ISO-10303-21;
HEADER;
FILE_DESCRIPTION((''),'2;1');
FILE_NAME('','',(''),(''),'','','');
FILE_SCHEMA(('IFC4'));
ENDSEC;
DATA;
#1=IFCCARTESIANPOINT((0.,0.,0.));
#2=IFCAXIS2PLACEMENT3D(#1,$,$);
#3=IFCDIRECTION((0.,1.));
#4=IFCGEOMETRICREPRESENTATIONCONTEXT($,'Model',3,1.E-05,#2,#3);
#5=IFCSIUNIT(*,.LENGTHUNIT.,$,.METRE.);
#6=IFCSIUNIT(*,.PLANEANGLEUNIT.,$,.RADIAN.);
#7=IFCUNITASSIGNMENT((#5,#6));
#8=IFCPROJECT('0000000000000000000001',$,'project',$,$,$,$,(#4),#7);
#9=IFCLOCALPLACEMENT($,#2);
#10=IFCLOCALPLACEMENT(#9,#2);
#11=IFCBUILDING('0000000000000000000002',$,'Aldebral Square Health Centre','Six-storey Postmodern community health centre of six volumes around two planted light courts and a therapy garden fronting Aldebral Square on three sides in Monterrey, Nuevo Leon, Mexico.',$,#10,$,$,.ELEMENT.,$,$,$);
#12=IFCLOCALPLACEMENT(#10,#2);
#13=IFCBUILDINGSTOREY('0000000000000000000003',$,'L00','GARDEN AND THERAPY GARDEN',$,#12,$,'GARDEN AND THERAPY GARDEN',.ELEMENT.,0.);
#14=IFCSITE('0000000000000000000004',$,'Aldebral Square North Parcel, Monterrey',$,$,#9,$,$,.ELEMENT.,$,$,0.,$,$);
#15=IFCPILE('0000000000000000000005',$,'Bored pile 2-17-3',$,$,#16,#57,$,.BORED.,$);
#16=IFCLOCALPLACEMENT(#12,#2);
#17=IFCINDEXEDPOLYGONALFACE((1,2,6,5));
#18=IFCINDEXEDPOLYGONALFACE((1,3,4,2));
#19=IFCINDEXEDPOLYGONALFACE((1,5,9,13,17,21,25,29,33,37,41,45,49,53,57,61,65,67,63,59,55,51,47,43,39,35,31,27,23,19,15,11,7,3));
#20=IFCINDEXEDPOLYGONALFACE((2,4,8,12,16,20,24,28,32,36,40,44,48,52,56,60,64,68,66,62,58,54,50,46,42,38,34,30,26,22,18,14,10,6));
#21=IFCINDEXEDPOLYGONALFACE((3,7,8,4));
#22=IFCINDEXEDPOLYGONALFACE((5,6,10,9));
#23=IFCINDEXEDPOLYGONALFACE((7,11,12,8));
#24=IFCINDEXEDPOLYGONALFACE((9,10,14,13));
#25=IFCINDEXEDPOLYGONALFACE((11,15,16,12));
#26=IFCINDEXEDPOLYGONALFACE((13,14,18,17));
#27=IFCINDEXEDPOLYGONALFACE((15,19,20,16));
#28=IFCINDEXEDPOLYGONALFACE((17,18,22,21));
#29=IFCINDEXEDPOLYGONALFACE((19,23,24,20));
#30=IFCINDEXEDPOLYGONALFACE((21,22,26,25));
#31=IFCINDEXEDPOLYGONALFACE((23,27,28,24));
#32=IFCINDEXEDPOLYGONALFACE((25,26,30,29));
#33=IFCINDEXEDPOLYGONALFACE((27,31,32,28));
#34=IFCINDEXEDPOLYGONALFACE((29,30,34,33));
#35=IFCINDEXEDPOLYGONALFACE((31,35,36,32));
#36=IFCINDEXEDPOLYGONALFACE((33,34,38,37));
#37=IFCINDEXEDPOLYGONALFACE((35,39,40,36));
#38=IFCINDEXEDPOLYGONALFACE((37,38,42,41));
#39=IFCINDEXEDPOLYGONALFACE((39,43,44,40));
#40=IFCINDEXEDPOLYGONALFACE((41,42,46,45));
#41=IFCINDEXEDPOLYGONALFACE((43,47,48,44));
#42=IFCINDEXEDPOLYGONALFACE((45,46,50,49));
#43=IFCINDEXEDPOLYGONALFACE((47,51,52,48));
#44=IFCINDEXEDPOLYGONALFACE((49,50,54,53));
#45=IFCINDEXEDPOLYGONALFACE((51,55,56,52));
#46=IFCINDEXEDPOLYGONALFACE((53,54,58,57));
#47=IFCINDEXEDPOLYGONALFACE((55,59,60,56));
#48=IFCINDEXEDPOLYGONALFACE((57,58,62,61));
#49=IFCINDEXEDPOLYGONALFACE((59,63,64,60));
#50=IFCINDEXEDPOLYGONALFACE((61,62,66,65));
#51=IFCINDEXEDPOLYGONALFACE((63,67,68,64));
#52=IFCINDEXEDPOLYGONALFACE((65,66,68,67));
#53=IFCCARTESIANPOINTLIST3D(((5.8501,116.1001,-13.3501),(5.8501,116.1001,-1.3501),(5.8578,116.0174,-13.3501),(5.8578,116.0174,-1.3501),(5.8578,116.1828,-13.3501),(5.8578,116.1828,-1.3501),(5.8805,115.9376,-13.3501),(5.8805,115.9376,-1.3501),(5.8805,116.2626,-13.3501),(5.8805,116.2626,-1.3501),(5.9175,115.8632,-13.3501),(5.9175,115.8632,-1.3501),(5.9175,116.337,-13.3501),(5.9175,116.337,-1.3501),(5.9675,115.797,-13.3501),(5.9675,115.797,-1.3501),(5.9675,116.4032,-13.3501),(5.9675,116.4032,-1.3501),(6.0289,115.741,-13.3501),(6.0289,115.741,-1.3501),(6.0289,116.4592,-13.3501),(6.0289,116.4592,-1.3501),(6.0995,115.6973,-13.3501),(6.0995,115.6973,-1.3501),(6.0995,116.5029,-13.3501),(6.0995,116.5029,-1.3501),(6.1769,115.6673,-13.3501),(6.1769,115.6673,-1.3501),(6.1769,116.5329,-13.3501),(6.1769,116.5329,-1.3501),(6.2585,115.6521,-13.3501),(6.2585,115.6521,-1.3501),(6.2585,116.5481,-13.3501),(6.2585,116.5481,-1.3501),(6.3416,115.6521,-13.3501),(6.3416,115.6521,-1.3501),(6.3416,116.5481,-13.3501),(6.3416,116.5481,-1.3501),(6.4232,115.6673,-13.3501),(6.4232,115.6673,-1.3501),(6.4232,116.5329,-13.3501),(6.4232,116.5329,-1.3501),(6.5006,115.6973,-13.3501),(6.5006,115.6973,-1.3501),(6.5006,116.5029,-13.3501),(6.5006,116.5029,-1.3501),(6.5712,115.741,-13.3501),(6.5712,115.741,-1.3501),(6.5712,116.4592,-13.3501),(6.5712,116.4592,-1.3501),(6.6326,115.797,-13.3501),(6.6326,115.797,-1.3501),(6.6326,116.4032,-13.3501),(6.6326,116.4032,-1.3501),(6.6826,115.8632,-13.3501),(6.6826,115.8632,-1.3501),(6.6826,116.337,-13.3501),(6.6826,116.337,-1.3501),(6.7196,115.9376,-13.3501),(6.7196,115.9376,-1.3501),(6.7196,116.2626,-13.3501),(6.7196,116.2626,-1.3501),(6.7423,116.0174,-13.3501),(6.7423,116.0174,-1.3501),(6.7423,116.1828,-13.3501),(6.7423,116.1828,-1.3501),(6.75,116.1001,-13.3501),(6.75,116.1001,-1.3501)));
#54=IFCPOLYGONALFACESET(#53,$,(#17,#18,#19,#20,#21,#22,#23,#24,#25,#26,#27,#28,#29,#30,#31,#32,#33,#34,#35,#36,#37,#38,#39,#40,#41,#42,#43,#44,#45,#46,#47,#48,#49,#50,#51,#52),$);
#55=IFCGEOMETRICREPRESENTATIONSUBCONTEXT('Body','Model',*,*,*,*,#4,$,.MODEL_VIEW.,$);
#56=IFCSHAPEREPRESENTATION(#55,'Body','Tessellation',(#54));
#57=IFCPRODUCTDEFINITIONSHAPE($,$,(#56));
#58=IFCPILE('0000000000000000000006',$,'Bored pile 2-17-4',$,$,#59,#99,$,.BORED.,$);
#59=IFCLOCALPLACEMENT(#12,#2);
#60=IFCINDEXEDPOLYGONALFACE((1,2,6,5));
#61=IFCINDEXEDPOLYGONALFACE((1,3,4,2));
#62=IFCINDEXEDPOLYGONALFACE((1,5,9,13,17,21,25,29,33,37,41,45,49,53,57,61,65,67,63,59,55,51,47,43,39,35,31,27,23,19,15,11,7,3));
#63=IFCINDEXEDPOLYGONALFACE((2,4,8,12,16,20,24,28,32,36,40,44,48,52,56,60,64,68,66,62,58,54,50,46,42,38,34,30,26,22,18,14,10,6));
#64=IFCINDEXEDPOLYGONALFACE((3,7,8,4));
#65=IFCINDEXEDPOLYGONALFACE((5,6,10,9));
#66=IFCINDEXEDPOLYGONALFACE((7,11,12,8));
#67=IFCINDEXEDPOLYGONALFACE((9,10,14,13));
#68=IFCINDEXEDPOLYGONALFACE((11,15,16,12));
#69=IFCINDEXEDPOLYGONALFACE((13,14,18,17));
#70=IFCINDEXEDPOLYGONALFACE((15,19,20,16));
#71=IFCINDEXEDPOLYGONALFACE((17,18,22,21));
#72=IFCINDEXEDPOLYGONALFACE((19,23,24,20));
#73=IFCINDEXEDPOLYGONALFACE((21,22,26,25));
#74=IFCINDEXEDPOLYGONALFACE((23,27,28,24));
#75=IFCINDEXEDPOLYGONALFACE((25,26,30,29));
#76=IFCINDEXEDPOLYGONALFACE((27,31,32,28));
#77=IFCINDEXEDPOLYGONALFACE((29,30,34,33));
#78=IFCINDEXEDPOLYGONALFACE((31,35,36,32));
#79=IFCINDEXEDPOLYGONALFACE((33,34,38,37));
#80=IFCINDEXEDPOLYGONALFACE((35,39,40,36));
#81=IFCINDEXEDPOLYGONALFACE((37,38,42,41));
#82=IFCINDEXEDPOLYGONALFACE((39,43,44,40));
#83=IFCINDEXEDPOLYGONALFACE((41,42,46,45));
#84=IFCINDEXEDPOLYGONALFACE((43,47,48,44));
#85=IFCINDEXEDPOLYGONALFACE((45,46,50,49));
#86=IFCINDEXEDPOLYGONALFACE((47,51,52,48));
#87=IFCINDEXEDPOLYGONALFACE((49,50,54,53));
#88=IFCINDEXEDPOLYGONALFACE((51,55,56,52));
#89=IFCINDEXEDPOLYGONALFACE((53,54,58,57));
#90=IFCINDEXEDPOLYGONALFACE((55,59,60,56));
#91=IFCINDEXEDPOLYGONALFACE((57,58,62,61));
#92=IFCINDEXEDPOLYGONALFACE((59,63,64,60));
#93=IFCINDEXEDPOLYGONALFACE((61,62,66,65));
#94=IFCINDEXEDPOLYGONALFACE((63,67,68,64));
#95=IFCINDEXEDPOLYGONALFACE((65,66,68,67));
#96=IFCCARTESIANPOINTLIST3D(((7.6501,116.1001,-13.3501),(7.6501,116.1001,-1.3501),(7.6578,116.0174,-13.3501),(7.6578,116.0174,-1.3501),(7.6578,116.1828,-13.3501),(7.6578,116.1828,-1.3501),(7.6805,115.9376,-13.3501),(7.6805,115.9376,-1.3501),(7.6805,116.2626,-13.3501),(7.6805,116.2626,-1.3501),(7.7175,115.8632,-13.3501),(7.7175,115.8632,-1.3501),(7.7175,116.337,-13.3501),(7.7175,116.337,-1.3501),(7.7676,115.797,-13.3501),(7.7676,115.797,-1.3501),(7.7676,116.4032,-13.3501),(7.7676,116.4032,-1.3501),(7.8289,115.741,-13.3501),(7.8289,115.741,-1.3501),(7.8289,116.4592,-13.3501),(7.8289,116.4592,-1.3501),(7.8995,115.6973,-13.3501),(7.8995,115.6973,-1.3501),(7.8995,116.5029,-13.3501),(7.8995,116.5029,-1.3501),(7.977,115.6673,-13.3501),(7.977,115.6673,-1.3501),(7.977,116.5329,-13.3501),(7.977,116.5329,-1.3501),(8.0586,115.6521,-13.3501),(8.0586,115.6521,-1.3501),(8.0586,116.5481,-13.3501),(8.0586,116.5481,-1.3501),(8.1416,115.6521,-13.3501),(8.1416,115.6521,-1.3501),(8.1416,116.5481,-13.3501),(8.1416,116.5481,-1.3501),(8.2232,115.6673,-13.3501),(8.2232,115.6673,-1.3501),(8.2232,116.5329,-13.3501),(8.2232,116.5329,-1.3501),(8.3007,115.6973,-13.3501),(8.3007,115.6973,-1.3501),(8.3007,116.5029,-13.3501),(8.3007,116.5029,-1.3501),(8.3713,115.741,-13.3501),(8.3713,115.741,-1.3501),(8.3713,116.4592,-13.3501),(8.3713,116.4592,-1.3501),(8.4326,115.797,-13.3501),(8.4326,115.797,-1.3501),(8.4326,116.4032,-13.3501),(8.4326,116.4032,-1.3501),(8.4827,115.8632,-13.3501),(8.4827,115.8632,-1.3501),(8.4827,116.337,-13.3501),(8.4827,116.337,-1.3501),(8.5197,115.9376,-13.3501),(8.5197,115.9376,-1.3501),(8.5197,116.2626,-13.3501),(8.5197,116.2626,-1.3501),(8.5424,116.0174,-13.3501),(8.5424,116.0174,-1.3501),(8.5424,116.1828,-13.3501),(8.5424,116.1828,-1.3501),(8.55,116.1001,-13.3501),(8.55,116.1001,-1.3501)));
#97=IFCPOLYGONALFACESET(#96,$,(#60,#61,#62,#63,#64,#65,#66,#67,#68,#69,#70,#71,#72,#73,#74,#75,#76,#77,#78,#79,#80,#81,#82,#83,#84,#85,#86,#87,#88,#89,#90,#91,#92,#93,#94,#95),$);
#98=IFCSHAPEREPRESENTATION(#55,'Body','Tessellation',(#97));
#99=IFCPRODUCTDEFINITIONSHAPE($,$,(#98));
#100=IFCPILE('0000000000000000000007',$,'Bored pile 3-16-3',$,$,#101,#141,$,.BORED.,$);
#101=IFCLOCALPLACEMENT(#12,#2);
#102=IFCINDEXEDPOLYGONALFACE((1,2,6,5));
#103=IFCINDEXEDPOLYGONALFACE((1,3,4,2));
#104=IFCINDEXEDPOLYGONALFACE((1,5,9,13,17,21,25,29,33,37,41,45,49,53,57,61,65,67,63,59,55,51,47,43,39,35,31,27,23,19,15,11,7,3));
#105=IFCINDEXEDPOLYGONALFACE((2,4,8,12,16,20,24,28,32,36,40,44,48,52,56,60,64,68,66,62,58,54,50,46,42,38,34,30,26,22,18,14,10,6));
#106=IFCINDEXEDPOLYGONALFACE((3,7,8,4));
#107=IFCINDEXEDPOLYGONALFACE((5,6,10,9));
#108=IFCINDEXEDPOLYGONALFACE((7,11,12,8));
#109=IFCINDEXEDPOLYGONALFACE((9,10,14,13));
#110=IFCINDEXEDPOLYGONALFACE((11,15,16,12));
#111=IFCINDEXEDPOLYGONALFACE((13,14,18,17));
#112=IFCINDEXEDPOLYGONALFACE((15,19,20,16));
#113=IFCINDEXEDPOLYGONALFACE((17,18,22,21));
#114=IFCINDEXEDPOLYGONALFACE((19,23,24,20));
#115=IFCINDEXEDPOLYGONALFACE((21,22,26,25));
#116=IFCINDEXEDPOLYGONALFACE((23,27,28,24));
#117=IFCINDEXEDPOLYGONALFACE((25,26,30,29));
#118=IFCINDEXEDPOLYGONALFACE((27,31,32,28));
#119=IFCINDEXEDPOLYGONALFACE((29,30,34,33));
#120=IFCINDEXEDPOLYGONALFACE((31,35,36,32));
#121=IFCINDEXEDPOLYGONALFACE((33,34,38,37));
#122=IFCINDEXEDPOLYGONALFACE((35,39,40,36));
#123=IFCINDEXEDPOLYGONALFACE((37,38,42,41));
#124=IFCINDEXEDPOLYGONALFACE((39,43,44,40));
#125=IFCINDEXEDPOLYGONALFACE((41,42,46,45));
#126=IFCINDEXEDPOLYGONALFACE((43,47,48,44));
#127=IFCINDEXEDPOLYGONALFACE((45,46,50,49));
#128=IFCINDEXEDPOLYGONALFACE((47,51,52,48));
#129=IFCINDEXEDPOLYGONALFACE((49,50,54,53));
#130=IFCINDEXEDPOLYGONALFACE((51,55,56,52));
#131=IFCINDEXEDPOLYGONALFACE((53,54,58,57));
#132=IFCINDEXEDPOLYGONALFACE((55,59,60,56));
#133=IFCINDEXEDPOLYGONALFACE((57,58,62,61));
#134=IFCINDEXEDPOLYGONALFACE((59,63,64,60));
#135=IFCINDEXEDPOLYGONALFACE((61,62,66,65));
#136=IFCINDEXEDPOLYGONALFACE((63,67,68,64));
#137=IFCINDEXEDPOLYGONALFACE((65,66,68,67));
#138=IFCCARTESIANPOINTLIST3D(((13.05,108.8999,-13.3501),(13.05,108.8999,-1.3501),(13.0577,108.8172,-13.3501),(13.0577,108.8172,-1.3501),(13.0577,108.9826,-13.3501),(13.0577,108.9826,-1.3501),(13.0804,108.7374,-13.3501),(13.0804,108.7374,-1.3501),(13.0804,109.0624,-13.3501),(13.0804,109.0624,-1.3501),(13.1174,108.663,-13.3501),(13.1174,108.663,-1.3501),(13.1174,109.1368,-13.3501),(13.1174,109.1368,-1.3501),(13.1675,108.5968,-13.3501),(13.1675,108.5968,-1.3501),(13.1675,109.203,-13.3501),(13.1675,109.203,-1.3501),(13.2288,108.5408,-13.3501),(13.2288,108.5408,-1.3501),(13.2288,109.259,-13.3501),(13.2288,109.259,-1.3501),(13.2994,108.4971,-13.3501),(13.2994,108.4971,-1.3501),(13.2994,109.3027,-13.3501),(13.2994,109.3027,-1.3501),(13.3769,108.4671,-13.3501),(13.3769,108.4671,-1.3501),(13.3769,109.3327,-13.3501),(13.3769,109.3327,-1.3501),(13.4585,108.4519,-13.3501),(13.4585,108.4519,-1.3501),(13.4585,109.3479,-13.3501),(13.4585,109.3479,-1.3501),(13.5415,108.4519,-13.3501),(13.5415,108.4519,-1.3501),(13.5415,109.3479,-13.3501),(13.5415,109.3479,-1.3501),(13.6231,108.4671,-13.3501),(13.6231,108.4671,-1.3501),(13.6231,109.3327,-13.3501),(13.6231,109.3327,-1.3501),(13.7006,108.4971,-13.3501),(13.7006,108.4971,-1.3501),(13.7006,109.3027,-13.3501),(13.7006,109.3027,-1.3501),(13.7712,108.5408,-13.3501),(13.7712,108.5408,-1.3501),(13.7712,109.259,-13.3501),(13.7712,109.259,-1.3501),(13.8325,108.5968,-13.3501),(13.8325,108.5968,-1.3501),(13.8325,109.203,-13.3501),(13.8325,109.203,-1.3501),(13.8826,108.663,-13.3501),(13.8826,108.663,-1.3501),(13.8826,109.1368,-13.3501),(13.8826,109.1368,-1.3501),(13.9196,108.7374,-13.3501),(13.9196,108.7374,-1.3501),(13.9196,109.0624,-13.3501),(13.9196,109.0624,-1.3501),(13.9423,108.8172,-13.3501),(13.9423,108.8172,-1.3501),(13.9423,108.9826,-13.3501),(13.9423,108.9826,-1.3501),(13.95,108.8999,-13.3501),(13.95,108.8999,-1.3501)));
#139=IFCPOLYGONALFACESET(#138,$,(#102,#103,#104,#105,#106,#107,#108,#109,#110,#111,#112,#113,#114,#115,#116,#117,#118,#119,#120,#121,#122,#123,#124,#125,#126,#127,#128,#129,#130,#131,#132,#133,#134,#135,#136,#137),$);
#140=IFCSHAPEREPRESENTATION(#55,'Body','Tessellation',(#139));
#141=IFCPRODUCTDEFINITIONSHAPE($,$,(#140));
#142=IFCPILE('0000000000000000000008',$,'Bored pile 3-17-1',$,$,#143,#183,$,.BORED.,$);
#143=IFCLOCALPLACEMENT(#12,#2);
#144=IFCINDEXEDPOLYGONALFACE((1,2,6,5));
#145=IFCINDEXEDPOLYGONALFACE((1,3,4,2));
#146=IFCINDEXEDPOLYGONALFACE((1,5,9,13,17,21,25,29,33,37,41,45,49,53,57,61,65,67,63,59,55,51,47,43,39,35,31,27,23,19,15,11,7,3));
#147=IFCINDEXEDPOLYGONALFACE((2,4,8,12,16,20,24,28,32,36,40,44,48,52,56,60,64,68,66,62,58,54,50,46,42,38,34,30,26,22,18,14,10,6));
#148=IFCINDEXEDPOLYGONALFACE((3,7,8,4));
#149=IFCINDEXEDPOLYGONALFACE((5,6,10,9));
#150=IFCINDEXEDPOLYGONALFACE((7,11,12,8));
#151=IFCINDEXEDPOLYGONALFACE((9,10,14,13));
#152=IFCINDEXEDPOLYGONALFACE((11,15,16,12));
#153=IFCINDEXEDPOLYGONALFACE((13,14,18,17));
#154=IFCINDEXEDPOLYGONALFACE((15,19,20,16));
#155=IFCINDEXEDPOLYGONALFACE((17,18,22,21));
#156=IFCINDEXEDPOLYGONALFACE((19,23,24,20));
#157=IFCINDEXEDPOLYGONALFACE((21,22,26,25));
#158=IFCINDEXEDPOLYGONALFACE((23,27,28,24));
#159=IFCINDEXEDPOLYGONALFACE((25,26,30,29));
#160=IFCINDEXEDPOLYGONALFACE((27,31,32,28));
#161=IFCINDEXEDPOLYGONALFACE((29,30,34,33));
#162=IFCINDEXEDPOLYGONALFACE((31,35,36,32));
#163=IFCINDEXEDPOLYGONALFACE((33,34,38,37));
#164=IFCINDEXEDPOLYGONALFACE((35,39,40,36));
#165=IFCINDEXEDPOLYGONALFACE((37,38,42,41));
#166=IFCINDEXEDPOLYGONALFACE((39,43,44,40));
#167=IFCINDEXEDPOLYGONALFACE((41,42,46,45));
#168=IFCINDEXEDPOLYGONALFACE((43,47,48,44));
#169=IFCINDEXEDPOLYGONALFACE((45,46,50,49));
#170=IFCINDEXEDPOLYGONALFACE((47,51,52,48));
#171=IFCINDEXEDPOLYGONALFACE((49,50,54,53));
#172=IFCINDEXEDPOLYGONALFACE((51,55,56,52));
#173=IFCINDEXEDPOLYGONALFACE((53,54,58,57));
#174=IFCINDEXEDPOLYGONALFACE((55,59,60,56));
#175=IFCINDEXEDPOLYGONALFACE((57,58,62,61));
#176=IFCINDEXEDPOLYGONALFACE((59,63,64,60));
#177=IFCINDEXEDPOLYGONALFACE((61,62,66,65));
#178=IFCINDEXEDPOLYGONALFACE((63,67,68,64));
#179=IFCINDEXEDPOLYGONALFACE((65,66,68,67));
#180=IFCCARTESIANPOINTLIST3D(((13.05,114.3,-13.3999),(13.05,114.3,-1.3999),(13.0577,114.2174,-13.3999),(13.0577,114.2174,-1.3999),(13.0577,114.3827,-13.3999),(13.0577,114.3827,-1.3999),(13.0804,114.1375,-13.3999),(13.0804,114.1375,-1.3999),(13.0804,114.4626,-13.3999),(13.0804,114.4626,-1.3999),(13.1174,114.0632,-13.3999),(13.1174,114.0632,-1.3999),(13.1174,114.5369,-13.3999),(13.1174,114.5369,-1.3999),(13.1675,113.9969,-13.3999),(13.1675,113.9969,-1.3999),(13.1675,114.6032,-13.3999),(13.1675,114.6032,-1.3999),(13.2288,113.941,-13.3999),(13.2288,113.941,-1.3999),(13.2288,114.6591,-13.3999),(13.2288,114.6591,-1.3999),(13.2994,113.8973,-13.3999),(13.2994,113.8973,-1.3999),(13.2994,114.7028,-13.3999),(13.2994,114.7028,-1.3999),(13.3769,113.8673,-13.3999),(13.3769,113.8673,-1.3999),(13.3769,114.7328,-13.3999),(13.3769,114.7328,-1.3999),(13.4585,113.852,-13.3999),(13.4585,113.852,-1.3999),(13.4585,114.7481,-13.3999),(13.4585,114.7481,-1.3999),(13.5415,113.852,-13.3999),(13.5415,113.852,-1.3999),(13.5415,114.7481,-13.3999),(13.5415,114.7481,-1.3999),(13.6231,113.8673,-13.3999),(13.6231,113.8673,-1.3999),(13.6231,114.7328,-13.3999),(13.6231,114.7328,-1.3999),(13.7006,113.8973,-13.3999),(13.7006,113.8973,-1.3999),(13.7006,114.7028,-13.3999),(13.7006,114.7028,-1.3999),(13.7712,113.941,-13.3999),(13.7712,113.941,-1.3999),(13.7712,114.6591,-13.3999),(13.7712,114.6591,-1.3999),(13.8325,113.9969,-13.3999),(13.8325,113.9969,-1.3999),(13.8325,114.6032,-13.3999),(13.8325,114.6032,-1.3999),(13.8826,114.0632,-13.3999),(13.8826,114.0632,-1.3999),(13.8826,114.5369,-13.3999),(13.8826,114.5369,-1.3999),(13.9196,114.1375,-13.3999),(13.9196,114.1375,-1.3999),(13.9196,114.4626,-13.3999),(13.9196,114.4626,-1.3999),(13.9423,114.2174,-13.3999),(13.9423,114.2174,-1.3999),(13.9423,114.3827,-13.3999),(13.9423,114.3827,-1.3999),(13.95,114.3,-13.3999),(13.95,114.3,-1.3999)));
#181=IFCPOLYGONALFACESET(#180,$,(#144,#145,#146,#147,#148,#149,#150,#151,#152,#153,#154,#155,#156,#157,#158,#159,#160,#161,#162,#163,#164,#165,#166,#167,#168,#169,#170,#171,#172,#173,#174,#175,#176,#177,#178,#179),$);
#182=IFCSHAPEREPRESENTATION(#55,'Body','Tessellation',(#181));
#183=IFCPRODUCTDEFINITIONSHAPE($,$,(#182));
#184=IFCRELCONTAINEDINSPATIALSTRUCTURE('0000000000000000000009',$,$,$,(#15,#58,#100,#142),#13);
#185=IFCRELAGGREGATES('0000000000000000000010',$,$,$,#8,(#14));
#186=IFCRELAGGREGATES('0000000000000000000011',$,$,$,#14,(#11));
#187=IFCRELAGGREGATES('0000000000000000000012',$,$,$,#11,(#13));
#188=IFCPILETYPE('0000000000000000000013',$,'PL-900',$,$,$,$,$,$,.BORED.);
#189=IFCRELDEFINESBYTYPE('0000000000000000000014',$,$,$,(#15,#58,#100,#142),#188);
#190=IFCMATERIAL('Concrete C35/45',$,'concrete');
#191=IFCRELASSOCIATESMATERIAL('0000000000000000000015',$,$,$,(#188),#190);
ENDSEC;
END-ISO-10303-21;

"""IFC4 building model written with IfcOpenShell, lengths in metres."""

from ifc_helpers import new_model, si_unit, direction, frame, origin, origin_2d, place, context, subcontext, project, spatial, circle, extrude, material, material_profile, profile_set, type_object, element, save


model = new_model("IFC4")

# Units and contexts
model_context = context("Model", 3, precision=1e-05, world=origin(), true_north=direction((0.0, 1.0)))
body_context = subcontext(model_context, "Body", "Model", "MODEL_VIEW")
ifc_project = project(units=[si_unit("LENGTHUNIT", "METRE"), si_unit("PLANEANGLEUNIT", "RADIAN")], contexts=[model_context])

# Site, building, storey
site_placement = place(None, origin())
site = spatial("IfcSite", under=ifc_project, at=site_placement, Name="Aldebral Square North Parcel, Monterrey", CompositionType="ELEMENT", RefElevation=0.0)
building_placement = place(site_placement, origin())
building = spatial("IfcBuilding", under=site, at=building_placement, Name="Aldebral Square Health Centre", Description="Six-storey Postmodern community health centre of six volumes around two planted light courts and a therapy garden fronting Aldebral Square on three sides in Monterrey, Nuevo Leon, Mexico.", CompositionType="ELEMENT")
storey_placement = place(building_placement, origin())
storey = spatial("IfcBuildingStorey", under=building, at=storey_placement, Name="L00", Description="GARDEN AND THERAPY GARDEN", LongName="GARDEN AND THERAPY GARDEN", CompositionType="ELEMENT", Elevation=0.0)

# Shared definitions
ifc_material_1 = material(Name="Concrete C35/45", Category="concrete")

# Piles
ifc_material_profile_1 = material_profile(ifc_material_1, circle(Radius=0.45, at=origin_2d()), Name="PILE D900")
ifc_profile_set_1 = profile_set([ifc_material_profile_1], Name="Concrete C35/45")
pile_type = type_object("IfcPileType", Name="PL-900", PredefinedType="BORED", material=ifc_profile_set_1)
for number, where, z_axis, x_axis, name in (
    (1, (6.3, 116.1001, -1.3501), (0.0, 0.0, -1.0), (1.0, 0.0, 0.0), "Bored pile 2-17-3"),
    (2, (8.1001, 116.1001, -1.3501), (0.0, 0.0, -1.0), (1.0, 0.0, 0.0), "Bored pile 2-17-4"),
    (3, (13.5, 108.8999, -1.3501), (0.0, 0.0, -1.0), (1.0, 0.0, 0.0), "Bored pile 3-16-3"),
    (4, (13.5, 114.3, -1.3999), (0.0, 0.0, -1.0), (1.0, 0.0, 0.0), "Bored pile 3-17-1"),
):
    element("IfcPile", number, at=place(storey_placement, frame(where, z_axis=z_axis, x_axis=x_axis)), inside=storey, type_object=pile_type, Name=name, PredefinedType="BORED", context=body_context, shape_type="SweptSolid", body=[
        extrude(circle(Radius=0.45, at=origin_2d()), origin(), (0.0, 0.0, 1.0), 12.0),
    ])

save(model, "model.ifc")
